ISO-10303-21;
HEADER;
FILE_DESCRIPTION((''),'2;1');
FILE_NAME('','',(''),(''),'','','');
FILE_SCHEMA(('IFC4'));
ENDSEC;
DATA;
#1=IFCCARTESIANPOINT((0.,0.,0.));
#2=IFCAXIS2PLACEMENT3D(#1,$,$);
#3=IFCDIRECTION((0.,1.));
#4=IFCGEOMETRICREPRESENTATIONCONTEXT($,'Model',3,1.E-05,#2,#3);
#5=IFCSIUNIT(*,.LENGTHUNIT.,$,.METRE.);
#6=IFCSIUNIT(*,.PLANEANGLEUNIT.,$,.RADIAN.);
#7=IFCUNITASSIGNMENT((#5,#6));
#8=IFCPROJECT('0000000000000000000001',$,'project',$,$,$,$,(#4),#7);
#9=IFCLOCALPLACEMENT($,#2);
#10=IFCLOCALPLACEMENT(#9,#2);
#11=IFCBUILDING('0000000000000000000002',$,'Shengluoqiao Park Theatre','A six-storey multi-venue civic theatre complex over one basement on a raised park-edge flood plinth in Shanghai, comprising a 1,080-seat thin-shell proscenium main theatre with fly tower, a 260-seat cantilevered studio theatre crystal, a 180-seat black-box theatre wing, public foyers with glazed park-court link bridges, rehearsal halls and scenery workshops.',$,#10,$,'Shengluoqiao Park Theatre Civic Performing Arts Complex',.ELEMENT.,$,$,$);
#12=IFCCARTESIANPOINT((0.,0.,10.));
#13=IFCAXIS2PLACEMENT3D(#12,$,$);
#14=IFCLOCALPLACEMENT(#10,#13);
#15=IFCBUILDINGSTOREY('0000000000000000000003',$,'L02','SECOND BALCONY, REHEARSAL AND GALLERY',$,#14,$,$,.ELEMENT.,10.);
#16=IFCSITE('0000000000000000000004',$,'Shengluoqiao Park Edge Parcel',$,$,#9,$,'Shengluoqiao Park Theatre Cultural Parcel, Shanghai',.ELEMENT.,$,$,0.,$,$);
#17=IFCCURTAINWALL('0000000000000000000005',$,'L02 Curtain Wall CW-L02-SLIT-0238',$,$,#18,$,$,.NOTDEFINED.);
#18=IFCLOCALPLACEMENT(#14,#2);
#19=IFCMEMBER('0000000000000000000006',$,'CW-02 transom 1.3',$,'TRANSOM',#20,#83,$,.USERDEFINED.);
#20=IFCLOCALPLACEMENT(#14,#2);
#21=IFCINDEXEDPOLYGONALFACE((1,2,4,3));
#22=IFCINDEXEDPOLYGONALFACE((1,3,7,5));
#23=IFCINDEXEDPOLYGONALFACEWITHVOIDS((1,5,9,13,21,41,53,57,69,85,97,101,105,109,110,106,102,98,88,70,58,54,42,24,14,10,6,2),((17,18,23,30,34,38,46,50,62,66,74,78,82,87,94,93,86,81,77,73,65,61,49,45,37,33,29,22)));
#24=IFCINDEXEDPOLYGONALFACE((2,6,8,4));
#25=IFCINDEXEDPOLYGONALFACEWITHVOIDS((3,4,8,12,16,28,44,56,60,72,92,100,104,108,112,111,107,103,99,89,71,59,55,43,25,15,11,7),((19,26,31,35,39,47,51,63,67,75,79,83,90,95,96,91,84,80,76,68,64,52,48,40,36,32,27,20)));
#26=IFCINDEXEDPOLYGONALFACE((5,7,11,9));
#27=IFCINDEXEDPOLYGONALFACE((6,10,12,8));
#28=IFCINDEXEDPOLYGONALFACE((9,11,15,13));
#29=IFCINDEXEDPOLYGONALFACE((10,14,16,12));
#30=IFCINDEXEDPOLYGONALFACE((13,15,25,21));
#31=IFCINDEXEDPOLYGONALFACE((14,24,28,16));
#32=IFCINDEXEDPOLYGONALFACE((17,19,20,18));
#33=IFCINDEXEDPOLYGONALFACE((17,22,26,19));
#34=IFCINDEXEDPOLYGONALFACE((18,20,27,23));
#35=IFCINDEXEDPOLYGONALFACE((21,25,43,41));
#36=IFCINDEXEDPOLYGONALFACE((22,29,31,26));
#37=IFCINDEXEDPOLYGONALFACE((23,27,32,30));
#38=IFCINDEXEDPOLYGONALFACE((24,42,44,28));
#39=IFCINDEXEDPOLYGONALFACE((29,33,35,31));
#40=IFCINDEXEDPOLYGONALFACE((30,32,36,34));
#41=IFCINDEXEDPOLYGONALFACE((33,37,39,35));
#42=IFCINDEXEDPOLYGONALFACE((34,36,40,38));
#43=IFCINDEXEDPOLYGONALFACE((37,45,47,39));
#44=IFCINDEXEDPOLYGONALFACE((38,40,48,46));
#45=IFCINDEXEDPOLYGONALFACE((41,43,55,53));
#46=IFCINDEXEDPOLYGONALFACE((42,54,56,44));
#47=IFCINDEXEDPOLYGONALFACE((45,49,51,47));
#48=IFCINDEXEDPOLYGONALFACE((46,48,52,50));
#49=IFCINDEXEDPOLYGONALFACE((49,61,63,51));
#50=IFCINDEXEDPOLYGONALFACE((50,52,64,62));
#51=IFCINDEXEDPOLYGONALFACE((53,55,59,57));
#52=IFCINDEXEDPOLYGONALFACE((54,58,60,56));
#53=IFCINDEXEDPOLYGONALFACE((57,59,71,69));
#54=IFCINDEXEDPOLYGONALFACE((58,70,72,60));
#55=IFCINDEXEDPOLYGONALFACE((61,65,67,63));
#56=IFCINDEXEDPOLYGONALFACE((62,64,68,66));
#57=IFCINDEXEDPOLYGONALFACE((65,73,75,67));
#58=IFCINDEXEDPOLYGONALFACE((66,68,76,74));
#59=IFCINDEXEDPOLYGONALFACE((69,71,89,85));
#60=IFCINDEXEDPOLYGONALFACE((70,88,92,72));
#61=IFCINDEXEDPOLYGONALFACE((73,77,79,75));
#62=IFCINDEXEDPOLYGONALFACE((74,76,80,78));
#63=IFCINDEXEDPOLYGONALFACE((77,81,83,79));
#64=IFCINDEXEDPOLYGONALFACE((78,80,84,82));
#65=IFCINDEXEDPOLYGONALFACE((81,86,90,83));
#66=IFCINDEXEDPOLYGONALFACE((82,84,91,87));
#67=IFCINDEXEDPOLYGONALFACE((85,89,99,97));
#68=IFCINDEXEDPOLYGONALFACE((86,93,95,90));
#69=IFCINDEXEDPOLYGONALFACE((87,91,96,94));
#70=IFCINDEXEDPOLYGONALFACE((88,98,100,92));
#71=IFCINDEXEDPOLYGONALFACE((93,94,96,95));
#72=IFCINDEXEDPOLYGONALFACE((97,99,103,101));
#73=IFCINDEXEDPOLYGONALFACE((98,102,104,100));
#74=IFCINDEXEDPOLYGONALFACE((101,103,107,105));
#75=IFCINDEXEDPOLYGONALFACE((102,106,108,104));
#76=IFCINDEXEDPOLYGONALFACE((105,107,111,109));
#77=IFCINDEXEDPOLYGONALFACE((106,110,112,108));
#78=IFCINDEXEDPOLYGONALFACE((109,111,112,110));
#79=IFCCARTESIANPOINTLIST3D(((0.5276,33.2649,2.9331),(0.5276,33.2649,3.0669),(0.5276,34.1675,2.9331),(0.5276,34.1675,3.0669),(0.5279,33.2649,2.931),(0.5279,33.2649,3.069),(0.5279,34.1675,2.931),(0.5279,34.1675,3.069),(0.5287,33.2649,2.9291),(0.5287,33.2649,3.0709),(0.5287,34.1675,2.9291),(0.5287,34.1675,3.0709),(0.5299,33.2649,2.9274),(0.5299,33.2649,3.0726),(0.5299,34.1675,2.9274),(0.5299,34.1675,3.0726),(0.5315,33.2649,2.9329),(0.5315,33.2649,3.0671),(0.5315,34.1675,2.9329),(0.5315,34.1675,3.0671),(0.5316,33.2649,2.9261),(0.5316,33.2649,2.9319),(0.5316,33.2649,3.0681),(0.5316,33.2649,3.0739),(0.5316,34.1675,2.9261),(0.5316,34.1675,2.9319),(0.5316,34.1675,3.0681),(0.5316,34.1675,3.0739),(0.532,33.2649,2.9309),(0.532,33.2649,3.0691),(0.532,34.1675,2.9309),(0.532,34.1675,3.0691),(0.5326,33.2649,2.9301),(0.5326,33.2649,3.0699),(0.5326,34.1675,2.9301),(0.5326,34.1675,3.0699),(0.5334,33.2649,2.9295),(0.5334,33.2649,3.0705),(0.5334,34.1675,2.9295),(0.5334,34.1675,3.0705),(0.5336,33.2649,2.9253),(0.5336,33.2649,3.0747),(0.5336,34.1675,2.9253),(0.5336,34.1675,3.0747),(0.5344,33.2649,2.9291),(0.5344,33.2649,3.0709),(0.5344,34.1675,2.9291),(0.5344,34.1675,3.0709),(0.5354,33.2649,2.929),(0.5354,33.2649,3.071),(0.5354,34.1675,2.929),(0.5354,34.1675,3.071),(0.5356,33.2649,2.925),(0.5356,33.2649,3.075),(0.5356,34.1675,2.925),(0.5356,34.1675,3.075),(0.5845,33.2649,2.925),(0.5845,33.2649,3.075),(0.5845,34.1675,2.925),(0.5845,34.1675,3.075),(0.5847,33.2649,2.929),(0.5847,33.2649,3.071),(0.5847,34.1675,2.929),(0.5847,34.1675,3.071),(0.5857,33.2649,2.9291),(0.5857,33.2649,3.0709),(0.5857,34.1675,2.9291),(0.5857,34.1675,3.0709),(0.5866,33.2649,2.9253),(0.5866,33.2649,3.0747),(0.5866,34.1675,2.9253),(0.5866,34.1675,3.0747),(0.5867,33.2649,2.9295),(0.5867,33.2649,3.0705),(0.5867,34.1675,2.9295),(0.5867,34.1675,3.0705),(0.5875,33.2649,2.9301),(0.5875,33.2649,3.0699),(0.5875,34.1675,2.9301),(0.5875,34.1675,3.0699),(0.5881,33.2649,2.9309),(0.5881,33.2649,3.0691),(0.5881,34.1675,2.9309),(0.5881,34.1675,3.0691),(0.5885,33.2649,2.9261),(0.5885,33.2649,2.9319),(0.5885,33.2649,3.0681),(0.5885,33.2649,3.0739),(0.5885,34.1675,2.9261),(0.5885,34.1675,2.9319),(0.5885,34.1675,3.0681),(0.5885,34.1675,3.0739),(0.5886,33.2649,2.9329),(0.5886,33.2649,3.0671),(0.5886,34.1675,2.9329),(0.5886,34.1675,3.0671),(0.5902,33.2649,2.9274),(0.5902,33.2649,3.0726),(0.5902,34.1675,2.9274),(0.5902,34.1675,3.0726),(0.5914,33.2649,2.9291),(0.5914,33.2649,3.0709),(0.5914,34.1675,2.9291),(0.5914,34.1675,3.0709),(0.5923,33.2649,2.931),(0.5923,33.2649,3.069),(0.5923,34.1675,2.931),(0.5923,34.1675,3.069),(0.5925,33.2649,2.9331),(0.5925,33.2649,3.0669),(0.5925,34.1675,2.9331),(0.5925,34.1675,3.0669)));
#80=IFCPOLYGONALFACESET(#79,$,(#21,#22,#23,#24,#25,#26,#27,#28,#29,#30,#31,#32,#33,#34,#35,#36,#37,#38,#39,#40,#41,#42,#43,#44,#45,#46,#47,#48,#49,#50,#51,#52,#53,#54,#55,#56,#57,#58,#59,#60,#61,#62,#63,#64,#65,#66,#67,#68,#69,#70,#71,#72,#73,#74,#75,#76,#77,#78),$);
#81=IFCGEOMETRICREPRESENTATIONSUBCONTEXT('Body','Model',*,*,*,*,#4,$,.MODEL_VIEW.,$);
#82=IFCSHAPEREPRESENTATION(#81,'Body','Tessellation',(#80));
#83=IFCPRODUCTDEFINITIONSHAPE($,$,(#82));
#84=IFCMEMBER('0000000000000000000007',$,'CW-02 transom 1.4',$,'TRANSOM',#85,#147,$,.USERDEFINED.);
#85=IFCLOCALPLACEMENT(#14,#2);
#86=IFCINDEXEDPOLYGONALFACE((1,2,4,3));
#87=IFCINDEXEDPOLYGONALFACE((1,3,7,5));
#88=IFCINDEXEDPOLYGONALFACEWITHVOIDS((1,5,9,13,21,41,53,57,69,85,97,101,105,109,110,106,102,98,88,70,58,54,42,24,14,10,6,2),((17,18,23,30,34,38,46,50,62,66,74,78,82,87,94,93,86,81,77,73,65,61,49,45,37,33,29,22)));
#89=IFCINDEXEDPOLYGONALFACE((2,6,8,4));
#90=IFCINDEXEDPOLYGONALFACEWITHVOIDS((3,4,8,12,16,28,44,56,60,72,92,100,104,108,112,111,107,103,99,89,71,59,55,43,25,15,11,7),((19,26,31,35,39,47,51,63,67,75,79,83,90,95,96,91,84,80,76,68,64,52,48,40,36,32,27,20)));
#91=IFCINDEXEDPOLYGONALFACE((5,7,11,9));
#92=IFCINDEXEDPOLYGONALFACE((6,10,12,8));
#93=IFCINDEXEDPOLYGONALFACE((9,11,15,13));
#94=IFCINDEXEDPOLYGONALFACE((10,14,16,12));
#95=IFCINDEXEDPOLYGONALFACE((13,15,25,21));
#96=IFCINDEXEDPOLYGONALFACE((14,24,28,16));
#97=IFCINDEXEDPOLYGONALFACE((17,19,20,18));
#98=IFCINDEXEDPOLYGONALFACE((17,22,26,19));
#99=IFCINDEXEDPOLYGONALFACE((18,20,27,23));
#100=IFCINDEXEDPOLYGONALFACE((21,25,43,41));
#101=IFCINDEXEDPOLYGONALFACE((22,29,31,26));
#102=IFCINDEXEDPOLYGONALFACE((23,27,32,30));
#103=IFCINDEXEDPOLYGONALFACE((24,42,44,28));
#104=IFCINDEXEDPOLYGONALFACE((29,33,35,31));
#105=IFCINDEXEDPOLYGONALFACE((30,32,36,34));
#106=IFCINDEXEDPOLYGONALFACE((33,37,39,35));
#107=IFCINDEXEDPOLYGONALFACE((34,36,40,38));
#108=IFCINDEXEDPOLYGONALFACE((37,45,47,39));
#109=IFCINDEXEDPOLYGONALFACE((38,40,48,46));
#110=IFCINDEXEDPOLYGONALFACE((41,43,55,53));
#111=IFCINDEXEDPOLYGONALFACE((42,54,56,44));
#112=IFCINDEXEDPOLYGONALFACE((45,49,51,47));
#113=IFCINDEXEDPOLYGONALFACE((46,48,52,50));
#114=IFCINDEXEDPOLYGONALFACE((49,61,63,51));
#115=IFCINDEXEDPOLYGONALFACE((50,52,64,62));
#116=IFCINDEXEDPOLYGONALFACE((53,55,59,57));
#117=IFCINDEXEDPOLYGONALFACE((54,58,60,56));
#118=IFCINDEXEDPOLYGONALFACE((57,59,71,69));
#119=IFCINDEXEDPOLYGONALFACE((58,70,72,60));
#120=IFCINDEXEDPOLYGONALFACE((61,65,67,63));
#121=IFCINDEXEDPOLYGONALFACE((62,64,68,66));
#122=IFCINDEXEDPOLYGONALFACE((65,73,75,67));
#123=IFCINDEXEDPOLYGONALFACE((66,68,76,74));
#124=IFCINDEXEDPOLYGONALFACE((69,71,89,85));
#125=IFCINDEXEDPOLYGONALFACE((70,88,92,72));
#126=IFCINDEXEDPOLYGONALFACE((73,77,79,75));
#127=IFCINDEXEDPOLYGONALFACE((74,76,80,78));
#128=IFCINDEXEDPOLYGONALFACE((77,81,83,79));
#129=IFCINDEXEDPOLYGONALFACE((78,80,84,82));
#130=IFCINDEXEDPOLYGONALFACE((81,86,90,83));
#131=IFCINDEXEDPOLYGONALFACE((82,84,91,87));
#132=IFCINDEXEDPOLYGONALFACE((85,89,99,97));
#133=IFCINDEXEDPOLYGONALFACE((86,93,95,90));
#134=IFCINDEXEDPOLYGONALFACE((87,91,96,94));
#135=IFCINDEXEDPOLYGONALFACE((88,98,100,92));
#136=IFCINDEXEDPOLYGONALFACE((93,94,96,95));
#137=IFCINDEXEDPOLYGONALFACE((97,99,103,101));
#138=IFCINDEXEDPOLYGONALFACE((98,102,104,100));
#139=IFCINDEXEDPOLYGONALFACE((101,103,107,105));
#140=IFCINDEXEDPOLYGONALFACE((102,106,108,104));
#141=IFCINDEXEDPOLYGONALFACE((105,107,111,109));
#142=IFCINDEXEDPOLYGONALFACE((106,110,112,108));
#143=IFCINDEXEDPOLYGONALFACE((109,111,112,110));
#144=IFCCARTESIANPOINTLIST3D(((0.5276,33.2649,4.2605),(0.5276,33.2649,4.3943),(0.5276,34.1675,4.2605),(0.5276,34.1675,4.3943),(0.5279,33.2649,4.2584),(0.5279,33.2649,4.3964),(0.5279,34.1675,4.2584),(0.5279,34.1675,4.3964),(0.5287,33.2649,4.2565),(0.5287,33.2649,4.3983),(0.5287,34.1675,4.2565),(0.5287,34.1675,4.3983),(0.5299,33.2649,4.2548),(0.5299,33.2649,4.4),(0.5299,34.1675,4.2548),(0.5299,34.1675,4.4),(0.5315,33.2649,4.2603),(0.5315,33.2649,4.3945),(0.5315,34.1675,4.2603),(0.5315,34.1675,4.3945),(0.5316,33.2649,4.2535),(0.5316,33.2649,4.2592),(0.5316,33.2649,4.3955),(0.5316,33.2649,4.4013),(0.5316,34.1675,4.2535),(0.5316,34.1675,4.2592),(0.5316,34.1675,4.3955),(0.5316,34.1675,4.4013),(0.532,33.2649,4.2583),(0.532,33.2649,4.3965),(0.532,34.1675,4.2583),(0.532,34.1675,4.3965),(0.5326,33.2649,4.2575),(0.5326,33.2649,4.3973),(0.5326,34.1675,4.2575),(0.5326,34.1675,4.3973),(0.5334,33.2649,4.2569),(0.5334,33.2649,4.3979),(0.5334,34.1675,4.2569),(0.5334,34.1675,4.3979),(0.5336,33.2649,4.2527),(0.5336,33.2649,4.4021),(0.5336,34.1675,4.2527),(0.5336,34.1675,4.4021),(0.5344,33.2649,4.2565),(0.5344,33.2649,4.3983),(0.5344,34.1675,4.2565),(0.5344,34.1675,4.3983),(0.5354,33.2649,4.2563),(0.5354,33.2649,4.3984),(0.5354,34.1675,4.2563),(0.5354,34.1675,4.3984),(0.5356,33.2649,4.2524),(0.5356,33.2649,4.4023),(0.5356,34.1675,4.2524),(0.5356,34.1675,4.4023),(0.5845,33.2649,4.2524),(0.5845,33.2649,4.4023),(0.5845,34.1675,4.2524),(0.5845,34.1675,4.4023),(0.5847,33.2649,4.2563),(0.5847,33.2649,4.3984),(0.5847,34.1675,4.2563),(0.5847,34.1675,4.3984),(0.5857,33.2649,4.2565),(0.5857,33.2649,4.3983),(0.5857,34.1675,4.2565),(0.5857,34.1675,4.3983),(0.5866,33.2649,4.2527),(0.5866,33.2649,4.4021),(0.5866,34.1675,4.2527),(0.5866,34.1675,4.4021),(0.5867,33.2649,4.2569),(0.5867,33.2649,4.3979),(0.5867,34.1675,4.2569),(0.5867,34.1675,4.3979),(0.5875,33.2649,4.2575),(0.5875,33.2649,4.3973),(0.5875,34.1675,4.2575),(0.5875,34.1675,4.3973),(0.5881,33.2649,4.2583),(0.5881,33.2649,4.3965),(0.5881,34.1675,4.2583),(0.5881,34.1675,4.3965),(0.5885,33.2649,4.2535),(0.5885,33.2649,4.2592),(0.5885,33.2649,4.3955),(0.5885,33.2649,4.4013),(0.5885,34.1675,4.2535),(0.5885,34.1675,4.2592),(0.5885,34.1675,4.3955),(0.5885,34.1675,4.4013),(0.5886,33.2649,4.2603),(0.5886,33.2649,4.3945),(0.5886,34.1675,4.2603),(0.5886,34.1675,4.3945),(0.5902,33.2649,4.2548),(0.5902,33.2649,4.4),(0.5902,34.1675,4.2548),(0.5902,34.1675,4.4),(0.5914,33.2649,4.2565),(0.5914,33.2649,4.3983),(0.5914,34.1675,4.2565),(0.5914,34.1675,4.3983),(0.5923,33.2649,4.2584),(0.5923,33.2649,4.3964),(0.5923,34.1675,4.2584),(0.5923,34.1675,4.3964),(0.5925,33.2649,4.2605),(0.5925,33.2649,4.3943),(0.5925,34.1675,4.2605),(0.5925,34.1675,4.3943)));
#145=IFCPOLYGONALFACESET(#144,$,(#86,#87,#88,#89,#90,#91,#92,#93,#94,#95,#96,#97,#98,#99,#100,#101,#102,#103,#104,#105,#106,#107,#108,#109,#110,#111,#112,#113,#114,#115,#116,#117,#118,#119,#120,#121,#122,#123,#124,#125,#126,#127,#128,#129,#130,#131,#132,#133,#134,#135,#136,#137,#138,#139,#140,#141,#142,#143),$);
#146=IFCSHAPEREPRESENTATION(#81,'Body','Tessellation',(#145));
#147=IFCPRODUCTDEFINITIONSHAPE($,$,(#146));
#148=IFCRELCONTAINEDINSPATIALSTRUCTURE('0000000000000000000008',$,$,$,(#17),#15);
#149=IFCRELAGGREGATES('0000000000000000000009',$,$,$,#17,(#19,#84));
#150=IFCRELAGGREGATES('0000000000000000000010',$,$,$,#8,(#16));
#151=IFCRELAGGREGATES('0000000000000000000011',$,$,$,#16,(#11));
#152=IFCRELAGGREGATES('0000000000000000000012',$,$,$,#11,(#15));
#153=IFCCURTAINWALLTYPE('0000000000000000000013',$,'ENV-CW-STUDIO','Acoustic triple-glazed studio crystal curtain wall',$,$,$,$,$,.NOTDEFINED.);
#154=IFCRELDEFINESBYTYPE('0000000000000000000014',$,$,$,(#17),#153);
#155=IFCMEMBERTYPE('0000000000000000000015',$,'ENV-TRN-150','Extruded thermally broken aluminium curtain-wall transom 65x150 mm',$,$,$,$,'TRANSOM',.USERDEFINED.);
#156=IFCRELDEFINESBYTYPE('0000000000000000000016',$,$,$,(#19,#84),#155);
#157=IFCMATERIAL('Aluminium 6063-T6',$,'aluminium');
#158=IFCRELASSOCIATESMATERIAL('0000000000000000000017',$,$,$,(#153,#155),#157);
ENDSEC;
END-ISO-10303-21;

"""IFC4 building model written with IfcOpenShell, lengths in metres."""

from ifc_helpers import new_model, si_unit, direction, frame, origin, origin_2d, place, context, subcontext, project, spatial, hollow_rectangle, extrude, material, material_profile, profile_set, type_object, element, aggregate, save


model = new_model("IFC4")

# Units and contexts
model_context = context("Model", 3, precision=1e-05, world=origin(), true_north=direction((0.0, 1.0)))
body_context = subcontext(model_context, "Body", "Model", "MODEL_VIEW")
ifc_project = project(units=[si_unit("LENGTHUNIT", "METRE"), si_unit("PLANEANGLEUNIT", "RADIAN")], contexts=[model_context])

# Site, building, storey
site_placement = place(None, origin())
site = spatial("IfcSite", under=ifc_project, at=site_placement, Name="Shengluoqiao Park Edge Parcel", LongName="Shengluoqiao Park Theatre Cultural Parcel, Shanghai", CompositionType="ELEMENT", RefElevation=0.0)
building_placement = place(site_placement, origin())
building = spatial("IfcBuilding", under=site, at=building_placement, Name="Shengluoqiao Park Theatre", Description="A six-storey multi-venue civic theatre complex over one basement on a raised park-edge flood plinth in Shanghai, comprising a 1,080-seat thin-shell proscenium main theatre with fly tower, a 260-seat cantilevered studio theatre crystal, a 180-seat black-box theatre wing, public foyers with glazed park-court link bridges, rehearsal halls and scenery workshops.", LongName="Shengluoqiao Park Theatre Civic Performing Arts Complex", CompositionType="ELEMENT")
storey_placement = place(building_placement, frame((0.0, 0.0, 10.0)))
storey = spatial("IfcBuildingStorey", under=building, at=storey_placement, Name="L02", Description="SECOND BALCONY, REHEARSAL AND GALLERY", CompositionType="ELEMENT", Elevation=10.0)

# Curtain wall, members
ifc_material_1 = material(Name="Aluminium 6063-T6", Category="aluminium")
curtain_wall_type = type_object("IfcCurtainWallType", Name="ENV-CW-STUDIO", Description="Acoustic triple-glazed studio crystal curtain wall", PredefinedType="NOTDEFINED", material=ifc_material_1)
curtain_wall_placement = place(storey_placement, origin())
curtain_wall = element("IfcCurtainWall", 1, at=curtain_wall_placement, inside=storey, type_object=curtain_wall_type, Name="L02 Curtain Wall CW-L02-SLIT-0238", PredefinedType="NOTDEFINED")
ifc_material_profile_1 = material_profile(ifc_material_1, hollow_rectangle(XDim=0.0649, YDim=0.1499, WallThickness=0.0039, InnerFilletRadius=0.0039, OuterFilletRadius=0.0081, at=origin_2d()), Name="ALU TRANSOM 150x65x4")
ifc_profile_set_1 = profile_set([ifc_material_profile_1], Name="Aluminium 6063-T6")
member_type_1 = type_object("IfcMemberType", Name="ENV-TRN-150", Description="Extruded thermally broken aluminium curtain-wall transom 65x150 mm", ElementType="TRANSOM", PredefinedType="USERDEFINED", material=ifc_profile_set_1)
member_1_placement = place(storey_placement, frame((0.5601, 33.2649, 3.0), z_axis=(0.0, 1.0, 0.0), x_axis=(-1.0, 0.0, 0.0)))
member_1 = element("IfcMember", 2, at=member_1_placement, type_object=member_type_1, Name="CW-02 transom 1.3", ObjectType="TRANSOM", PredefinedType="USERDEFINED", context=body_context, shape_type="SweptSolid", body=[
    extrude(hollow_rectangle(XDim=0.0649, YDim=0.1499, WallThickness=0.0039, InnerFilletRadius=0.0039, OuterFilletRadius=0.0081, at=origin_2d()), origin(), (0.0, 0.0, 1.0), 0.9026),
])
member_2_placement = place(storey_placement, frame((0.5601, 33.2649, 4.3274), z_axis=(0.0, 1.0, 0.0), x_axis=(-1.0, 0.0, 0.0)))
member_2 = element("IfcMember", 3, at=member_2_placement, type_object=member_type_1, Name="CW-02 transom 1.4", ObjectType="TRANSOM", PredefinedType="USERDEFINED", context=body_context, shape_type="SweptSolid", body=[
    extrude(hollow_rectangle(XDim=0.0649, YDim=0.1499, WallThickness=0.0039, InnerFilletRadius=0.0039, OuterFilletRadius=0.0081, at=origin_2d()), origin(), (0.0, 0.0, 1.0), 0.9026),
])

aggregate(curtain_wall, [member_1, member_2])

save(model, "model.ifc")
